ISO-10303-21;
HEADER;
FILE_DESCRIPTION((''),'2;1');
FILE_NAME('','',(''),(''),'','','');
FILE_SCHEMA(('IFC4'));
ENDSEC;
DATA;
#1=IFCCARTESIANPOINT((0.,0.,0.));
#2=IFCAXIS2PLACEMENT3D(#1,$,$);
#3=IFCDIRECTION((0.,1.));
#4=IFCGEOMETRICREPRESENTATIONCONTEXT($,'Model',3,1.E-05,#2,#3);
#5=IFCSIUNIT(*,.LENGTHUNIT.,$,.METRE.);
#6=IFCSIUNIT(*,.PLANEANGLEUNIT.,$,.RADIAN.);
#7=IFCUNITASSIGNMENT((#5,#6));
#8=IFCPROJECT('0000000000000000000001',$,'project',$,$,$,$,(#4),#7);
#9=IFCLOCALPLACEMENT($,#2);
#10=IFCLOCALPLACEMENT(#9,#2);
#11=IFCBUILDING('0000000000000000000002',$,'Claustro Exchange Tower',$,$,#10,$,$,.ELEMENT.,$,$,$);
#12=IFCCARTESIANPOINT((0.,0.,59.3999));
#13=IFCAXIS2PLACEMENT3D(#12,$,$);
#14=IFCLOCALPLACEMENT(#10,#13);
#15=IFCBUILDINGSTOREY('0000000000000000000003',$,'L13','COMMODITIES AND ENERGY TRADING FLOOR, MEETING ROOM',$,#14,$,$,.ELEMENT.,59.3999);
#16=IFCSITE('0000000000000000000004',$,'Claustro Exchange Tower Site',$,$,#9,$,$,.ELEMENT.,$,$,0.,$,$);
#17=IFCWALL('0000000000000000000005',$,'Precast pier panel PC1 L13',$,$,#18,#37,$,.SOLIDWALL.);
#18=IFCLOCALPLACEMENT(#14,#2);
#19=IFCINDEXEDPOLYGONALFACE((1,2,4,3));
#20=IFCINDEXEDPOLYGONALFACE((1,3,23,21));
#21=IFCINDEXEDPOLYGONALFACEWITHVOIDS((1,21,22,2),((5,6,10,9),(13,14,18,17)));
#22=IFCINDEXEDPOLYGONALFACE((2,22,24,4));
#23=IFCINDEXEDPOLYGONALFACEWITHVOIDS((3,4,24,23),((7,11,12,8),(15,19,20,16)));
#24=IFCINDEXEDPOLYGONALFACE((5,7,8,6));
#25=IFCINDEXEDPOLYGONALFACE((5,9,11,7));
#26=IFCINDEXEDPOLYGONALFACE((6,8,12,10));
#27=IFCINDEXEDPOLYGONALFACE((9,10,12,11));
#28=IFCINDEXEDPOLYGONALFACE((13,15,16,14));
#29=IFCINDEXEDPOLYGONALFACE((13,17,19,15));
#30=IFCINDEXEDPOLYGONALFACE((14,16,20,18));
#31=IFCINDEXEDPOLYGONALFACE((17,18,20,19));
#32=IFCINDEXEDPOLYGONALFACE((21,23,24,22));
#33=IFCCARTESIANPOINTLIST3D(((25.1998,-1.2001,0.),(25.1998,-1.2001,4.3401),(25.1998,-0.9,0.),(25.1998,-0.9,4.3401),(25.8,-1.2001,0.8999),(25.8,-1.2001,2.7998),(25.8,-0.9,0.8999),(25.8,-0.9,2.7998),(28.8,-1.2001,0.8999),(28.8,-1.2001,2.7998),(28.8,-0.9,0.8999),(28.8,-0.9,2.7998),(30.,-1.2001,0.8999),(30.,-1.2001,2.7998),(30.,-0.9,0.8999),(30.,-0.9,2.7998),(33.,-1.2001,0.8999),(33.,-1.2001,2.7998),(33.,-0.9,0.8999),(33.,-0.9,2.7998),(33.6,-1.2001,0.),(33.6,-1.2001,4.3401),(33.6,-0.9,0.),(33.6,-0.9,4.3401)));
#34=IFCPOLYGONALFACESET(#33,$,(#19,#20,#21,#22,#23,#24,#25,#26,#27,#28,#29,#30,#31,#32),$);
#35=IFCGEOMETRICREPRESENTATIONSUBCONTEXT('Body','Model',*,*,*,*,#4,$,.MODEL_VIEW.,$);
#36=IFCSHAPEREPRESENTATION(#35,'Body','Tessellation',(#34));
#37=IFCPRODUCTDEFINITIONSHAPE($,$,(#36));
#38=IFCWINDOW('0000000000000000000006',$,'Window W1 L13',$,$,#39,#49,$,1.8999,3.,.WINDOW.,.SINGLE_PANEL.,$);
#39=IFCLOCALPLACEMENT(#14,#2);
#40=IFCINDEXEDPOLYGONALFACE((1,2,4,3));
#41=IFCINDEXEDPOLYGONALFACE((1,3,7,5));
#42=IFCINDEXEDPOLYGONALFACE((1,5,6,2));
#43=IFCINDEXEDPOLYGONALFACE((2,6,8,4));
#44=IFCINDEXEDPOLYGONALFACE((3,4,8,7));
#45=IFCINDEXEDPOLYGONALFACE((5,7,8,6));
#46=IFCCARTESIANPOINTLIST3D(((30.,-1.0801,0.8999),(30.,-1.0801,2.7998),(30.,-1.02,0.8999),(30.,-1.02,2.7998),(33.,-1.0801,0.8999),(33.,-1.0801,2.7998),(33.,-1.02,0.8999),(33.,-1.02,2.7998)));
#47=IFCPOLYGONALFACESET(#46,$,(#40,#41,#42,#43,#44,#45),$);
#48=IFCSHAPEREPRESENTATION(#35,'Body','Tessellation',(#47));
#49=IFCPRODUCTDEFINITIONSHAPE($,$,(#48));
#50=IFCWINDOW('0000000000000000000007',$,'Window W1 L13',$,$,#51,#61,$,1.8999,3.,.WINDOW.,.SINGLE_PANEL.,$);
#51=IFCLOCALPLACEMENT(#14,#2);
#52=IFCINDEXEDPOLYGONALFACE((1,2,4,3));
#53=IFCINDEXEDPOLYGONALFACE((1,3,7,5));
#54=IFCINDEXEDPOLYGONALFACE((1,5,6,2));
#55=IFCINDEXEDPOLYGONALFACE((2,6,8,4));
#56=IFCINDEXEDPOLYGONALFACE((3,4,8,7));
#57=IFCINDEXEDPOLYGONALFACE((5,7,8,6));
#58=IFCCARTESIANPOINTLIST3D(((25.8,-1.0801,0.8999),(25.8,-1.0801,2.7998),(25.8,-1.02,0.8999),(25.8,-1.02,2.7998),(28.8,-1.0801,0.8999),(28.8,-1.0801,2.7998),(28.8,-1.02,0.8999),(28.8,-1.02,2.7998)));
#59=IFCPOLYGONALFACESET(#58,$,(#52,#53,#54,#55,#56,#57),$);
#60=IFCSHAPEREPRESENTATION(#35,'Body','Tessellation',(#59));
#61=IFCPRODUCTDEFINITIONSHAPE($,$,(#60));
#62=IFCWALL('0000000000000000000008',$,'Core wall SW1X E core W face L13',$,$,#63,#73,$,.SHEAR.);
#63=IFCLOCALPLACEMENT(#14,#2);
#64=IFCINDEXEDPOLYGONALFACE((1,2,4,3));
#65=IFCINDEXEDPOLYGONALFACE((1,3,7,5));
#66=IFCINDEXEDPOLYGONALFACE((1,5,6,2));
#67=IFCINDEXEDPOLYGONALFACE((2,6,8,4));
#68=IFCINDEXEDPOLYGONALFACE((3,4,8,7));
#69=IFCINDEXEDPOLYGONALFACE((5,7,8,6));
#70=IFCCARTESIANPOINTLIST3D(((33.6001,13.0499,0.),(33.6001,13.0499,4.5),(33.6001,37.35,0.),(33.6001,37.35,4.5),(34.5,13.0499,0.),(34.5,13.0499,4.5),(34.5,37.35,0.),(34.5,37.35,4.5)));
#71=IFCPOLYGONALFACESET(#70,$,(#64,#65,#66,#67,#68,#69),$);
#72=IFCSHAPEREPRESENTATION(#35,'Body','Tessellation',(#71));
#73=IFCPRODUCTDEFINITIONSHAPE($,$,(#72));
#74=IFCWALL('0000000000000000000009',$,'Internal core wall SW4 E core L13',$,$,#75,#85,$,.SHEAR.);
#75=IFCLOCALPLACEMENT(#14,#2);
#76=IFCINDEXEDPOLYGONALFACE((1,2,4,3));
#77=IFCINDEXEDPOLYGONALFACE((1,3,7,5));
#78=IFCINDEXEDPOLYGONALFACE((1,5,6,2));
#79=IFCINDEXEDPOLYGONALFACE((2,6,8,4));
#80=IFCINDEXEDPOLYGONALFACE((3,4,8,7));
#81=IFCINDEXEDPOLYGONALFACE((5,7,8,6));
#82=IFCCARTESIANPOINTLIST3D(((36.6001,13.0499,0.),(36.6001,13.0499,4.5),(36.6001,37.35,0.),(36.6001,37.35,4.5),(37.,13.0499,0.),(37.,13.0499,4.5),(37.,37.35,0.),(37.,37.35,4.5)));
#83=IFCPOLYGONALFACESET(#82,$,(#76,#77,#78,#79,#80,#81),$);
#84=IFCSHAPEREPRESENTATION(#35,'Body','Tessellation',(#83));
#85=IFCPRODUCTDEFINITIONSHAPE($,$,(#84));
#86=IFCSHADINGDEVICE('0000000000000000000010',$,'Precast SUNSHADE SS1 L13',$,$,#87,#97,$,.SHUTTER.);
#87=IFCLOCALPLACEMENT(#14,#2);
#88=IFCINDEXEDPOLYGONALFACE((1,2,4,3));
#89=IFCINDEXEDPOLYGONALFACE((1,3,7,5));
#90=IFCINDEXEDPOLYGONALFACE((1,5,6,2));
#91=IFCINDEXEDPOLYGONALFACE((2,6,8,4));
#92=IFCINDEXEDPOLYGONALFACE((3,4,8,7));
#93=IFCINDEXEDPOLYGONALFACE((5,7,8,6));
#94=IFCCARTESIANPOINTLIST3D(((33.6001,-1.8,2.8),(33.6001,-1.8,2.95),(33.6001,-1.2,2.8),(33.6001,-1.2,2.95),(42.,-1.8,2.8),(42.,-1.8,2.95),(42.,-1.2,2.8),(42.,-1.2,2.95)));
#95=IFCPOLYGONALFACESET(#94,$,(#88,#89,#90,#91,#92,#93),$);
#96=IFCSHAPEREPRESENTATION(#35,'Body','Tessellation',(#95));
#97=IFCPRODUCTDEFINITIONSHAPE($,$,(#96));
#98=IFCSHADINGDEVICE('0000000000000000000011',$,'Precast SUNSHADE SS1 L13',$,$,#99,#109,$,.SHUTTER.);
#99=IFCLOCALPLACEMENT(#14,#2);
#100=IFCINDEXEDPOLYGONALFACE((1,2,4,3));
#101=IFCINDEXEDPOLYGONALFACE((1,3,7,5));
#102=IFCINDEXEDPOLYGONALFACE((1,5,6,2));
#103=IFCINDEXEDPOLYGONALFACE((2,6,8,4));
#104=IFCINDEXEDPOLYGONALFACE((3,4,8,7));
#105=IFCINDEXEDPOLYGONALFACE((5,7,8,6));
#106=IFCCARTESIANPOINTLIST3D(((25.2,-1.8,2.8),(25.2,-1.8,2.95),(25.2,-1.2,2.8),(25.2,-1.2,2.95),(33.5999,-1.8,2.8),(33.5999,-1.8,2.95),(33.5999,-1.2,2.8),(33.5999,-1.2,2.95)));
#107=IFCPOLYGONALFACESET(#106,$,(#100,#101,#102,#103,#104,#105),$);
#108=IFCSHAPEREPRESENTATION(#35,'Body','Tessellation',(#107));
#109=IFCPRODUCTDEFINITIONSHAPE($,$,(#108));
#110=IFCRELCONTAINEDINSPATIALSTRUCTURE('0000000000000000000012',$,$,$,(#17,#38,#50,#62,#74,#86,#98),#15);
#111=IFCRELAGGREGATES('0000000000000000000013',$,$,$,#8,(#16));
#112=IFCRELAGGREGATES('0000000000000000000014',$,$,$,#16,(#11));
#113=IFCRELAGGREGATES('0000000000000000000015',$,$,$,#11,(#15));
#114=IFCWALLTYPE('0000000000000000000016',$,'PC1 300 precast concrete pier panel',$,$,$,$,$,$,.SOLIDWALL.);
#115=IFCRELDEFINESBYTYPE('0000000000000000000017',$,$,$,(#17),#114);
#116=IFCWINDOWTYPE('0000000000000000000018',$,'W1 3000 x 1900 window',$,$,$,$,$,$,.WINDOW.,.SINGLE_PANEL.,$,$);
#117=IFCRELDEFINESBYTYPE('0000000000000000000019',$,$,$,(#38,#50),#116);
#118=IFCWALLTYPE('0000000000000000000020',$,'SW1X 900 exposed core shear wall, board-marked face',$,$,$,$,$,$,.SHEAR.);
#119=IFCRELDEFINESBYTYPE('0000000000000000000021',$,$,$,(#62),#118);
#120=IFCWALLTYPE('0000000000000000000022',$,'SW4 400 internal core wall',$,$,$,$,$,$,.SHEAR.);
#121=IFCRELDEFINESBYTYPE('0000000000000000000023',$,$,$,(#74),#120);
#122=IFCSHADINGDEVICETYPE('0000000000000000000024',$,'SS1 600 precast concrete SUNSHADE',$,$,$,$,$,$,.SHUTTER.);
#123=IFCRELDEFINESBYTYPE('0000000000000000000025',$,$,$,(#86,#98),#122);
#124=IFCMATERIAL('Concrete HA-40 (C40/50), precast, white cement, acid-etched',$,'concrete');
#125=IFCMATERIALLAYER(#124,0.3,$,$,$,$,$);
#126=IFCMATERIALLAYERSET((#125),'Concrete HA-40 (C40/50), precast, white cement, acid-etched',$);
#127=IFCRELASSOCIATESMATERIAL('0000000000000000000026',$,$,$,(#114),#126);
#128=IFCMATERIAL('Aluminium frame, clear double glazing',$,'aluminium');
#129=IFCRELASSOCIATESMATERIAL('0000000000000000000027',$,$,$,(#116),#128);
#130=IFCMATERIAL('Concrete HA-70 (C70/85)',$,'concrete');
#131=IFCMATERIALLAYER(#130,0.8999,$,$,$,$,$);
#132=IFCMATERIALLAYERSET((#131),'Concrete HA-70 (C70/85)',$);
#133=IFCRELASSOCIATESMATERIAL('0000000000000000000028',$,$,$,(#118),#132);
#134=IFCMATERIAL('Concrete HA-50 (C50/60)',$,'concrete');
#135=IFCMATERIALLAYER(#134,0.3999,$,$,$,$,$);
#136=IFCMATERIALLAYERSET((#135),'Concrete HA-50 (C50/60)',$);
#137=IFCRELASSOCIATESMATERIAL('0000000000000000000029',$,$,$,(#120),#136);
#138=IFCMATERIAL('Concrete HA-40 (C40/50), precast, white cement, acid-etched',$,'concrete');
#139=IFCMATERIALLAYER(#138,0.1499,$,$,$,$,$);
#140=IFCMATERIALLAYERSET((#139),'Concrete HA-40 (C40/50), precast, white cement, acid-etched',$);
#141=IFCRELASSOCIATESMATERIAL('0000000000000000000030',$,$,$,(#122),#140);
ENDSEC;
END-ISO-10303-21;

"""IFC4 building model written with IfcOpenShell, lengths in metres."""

from ifc_helpers import new_model, si_unit, direction, frame, frame_2d, origin, origin_2d, place, context, subcontext, project, spatial, rectangle, extrude, material, layer, layer_set, type_object, element, fill, save


model = new_model("IFC4")

# Units and contexts
model_context = context("Model", 3, precision=1e-05, world=origin(), true_north=direction((0.0, 1.0)))
body_context = subcontext(model_context, "Body", "Model", "MODEL_VIEW")
ifc_project = project(units=[si_unit("LENGTHUNIT", "METRE"), si_unit("PLANEANGLEUNIT", "RADIAN")], contexts=[model_context])

# Site, building, storey
site_placement = place(None, origin())
site = spatial("IfcSite", under=ifc_project, at=site_placement, Name="Claustro Exchange Tower Site", CompositionType="ELEMENT", RefElevation=0.0)
building_placement = place(site_placement, origin())
building = spatial("IfcBuilding", under=site, at=building_placement, Name="Claustro Exchange Tower", CompositionType="ELEMENT")
storey_placement = place(building_placement, frame((0.0, 0.0, 59.3999)))
storey = spatial("IfcBuildingStorey", under=building, at=storey_placement, Name="L13", Description="COMMODITIES AND ENERGY TRADING FLOOR, MEETING ROOM", CompositionType="ELEMENT", Elevation=59.3999)

# Wall, openings, windows
ifc_material_1 = material(Name="Concrete HA-40 (C40/50), precast, white cement, acid-etched", Category="concrete")
ifc_layer_1 = layer(ifc_material_1, 0.3)
ifc_layer_set_1 = layer_set([ifc_layer_1], Name="Concrete HA-40 (C40/50), precast, white cement, acid-etched")
wall_type_1 = type_object("IfcWallType", Name="PC1 300 precast concrete pier panel", PredefinedType="SOLIDWALL", material=ifc_layer_set_1)
wall_1_placement = place(storey_placement, frame((33.6001, -1.05, 0.0), z_axis=(0.0, 0.0, 1.0), x_axis=(-1.0, 0.0, 0.0)))
wall_1 = element("IfcWall", 1, at=wall_1_placement, inside=storey, type_object=wall_type_1, Name="Precast pier panel PC1 L13", PredefinedType="SOLIDWALL", context=body_context, shape_type="SweptSolid", body=[
    extrude(rectangle(XDim=8.4001, YDim=0.3, at=frame_2d((4.2002, 0.0))), origin(), (0.0, 0.0, 1.0), 4.3401),
])
opening_1_placement = place(wall_1_placement, frame((0.6001, 0.0, 0.8999)))
opening_1 = element("IfcOpeningElement", 2, at=opening_1_placement, cuts=wall_1, PredefinedType="OPENING", context=body_context, shape_type="SweptSolid", body=[
    extrude(rectangle(XDim=3.0, YDim=1.8999, at=frame_2d((1.5, 0.95))), frame((0.0, 0.1599, 0.0), z_axis=(0.0, -1.0, 0.0), x_axis=(1.0, 0.0, 0.0)), (0.0, 0.0, 1.0), 0.3201),
])
opening_2_placement = place(wall_1_placement, frame((4.8, 0.0, 0.8999)))
opening_2 = element("IfcOpeningElement", 3, at=opening_2_placement, cuts=wall_1, PredefinedType="OPENING", context=body_context, shape_type="SweptSolid", body=[
    extrude(rectangle(XDim=3.0, YDim=1.8999, at=frame_2d((1.5, 0.95))), frame((0.0, 0.1599, 0.0), z_axis=(0.0, -1.0, 0.0), x_axis=(1.0, 0.0, 0.0)), (0.0, 0.0, 1.0), 0.3201),
])
ifc_material_2 = material(Name="Aluminium frame, clear double glazing", Category="aluminium")
window_type = type_object("IfcWindowType", Name="W1 3000 x 1900 window", PartitioningType="SINGLE_PANEL", PredefinedType="WINDOW", material=ifc_material_2)
window_1_placement = place(opening_1_placement, origin())
window_1 = element("IfcWindow", 4, at=window_1_placement, inside=storey, type_object=window_type, Name="Window W1 L13", OverallHeight=1.8999, OverallWidth=3.0, PartitioningType="SINGLE_PANEL", PredefinedType="WINDOW", context=body_context, shape_type="SweptSolid", body=[
    extrude(rectangle(XDim=3.0, YDim=1.8999, at=frame_2d((1.5, 0.95))), frame((0.0, 0.03, 0.0), z_axis=(0.0, -1.0, 0.0), x_axis=(1.0, 0.0, 0.0)), (0.0, 0.0, 1.0), 0.0601),
])
fill(opening_1, window_1)
window_2_placement = place(opening_2_placement, origin())
window_2 = element("IfcWindow", 5, at=window_2_placement, inside=storey, type_object=window_type, Name="Window W1 L13", OverallHeight=1.8999, OverallWidth=3.0, PartitioningType="SINGLE_PANEL", PredefinedType="WINDOW", context=body_context, shape_type="SweptSolid", body=[
    extrude(rectangle(XDim=3.0, YDim=1.8999, at=frame_2d((1.5, 0.95))), frame((0.0, 0.03, 0.0), z_axis=(0.0, -1.0, 0.0), x_axis=(1.0, 0.0, 0.0)), (0.0, 0.0, 1.0), 0.0601),
])
fill(opening_2, window_2)

# Walls
ifc_material_3 = material(Name="Concrete HA-70 (C70/85)", Category="concrete")
ifc_layer_2 = layer(ifc_material_3, 0.8999)
ifc_layer_set_2 = layer_set([ifc_layer_2], Name="Concrete HA-70 (C70/85)")
wall_type_2 = type_object("IfcWallType", Name="SW1X 900 exposed core shear wall, board-marked face", PredefinedType="SHEAR", material=ifc_layer_set_2)
wall_2_placement = place(storey_placement, frame((34.05, 13.05, 0.0), z_axis=(0.0, 0.0, 1.0), x_axis=(0.0, 1.0, 0.0)))
element("IfcWall", 6, at=wall_2_placement, inside=storey, type_object=wall_type_2, Name="Core wall SW1X E core W face L13", PredefinedType="SHEAR", context=body_context, shape_type="SweptSolid", body=[
    extrude(rectangle(XDim=24.3, YDim=0.8999, at=frame_2d((12.1499, 0.0))), origin(), (0.0, 0.0, 1.0), 4.5),
])
ifc_material_4 = material(Name="Concrete HA-50 (C50/60)", Category="concrete")
ifc_layer_3 = layer(ifc_material_4, 0.3999)
ifc_layer_set_3 = layer_set([ifc_layer_3], Name="Concrete HA-50 (C50/60)")
wall_type_3 = type_object("IfcWallType", Name="SW4 400 internal core wall", PredefinedType="SHEAR", material=ifc_layer_set_3)
wall_3_placement = place(storey_placement, frame((36.8, 13.05, 0.0), z_axis=(0.0, 0.0, 1.0), x_axis=(0.0, 1.0, 0.0)))
element("IfcWall", 7, at=wall_3_placement, inside=storey, type_object=wall_type_3, Name="Internal core wall SW4 E core L13", PredefinedType="SHEAR", context=body_context, shape_type="SweptSolid", body=[
    extrude(rectangle(XDim=24.3, YDim=0.3999, at=frame_2d((12.1499, 0.0))), origin(), (0.0, 0.0, 1.0), 4.5),
])

# Shading devices
ifc_material_5 = material(Name="Concrete HA-40 (C40/50), precast, white cement, acid-etched", Category="concrete")
ifc_layer_4 = layer(ifc_material_5, 0.1499)
ifc_layer_set_4 = layer_set([ifc_layer_4], Name="Concrete HA-40 (C40/50), precast, white cement, acid-etched")
shading_device_type = type_object("IfcShadingDeviceType", Name="SS1 600 precast concrete SUNSHADE", PredefinedType="SHUTTER", material=ifc_layer_set_4)
for number, where, z_axis, x_axis, name in (
    (8, (37.8, -1.5, 2.8), (0.0, 0.0, 1.0), (-1.0, 0.0, 0.0), "Precast SUNSHADE SS1 L13"),
    (9, (29.3999, -1.5, 2.8), (0.0, 0.0, 1.0), (-1.0, 0.0, 0.0), "Precast SUNSHADE SS1 L13"),
):
    element("IfcShadingDevice", number, at=place(storey_placement, frame(where, z_axis=z_axis, x_axis=x_axis)), inside=storey, type_object=shading_device_type, Name=name, PredefinedType="SHUTTER", context=body_context, shape_type="SweptSolid", body=[
        extrude(rectangle(XDim=8.3999, YDim=0.6001, at=origin_2d()), origin(), (0.0, 0.0, 1.0), 0.1499),
    ])

save(model, "model.ifc")
